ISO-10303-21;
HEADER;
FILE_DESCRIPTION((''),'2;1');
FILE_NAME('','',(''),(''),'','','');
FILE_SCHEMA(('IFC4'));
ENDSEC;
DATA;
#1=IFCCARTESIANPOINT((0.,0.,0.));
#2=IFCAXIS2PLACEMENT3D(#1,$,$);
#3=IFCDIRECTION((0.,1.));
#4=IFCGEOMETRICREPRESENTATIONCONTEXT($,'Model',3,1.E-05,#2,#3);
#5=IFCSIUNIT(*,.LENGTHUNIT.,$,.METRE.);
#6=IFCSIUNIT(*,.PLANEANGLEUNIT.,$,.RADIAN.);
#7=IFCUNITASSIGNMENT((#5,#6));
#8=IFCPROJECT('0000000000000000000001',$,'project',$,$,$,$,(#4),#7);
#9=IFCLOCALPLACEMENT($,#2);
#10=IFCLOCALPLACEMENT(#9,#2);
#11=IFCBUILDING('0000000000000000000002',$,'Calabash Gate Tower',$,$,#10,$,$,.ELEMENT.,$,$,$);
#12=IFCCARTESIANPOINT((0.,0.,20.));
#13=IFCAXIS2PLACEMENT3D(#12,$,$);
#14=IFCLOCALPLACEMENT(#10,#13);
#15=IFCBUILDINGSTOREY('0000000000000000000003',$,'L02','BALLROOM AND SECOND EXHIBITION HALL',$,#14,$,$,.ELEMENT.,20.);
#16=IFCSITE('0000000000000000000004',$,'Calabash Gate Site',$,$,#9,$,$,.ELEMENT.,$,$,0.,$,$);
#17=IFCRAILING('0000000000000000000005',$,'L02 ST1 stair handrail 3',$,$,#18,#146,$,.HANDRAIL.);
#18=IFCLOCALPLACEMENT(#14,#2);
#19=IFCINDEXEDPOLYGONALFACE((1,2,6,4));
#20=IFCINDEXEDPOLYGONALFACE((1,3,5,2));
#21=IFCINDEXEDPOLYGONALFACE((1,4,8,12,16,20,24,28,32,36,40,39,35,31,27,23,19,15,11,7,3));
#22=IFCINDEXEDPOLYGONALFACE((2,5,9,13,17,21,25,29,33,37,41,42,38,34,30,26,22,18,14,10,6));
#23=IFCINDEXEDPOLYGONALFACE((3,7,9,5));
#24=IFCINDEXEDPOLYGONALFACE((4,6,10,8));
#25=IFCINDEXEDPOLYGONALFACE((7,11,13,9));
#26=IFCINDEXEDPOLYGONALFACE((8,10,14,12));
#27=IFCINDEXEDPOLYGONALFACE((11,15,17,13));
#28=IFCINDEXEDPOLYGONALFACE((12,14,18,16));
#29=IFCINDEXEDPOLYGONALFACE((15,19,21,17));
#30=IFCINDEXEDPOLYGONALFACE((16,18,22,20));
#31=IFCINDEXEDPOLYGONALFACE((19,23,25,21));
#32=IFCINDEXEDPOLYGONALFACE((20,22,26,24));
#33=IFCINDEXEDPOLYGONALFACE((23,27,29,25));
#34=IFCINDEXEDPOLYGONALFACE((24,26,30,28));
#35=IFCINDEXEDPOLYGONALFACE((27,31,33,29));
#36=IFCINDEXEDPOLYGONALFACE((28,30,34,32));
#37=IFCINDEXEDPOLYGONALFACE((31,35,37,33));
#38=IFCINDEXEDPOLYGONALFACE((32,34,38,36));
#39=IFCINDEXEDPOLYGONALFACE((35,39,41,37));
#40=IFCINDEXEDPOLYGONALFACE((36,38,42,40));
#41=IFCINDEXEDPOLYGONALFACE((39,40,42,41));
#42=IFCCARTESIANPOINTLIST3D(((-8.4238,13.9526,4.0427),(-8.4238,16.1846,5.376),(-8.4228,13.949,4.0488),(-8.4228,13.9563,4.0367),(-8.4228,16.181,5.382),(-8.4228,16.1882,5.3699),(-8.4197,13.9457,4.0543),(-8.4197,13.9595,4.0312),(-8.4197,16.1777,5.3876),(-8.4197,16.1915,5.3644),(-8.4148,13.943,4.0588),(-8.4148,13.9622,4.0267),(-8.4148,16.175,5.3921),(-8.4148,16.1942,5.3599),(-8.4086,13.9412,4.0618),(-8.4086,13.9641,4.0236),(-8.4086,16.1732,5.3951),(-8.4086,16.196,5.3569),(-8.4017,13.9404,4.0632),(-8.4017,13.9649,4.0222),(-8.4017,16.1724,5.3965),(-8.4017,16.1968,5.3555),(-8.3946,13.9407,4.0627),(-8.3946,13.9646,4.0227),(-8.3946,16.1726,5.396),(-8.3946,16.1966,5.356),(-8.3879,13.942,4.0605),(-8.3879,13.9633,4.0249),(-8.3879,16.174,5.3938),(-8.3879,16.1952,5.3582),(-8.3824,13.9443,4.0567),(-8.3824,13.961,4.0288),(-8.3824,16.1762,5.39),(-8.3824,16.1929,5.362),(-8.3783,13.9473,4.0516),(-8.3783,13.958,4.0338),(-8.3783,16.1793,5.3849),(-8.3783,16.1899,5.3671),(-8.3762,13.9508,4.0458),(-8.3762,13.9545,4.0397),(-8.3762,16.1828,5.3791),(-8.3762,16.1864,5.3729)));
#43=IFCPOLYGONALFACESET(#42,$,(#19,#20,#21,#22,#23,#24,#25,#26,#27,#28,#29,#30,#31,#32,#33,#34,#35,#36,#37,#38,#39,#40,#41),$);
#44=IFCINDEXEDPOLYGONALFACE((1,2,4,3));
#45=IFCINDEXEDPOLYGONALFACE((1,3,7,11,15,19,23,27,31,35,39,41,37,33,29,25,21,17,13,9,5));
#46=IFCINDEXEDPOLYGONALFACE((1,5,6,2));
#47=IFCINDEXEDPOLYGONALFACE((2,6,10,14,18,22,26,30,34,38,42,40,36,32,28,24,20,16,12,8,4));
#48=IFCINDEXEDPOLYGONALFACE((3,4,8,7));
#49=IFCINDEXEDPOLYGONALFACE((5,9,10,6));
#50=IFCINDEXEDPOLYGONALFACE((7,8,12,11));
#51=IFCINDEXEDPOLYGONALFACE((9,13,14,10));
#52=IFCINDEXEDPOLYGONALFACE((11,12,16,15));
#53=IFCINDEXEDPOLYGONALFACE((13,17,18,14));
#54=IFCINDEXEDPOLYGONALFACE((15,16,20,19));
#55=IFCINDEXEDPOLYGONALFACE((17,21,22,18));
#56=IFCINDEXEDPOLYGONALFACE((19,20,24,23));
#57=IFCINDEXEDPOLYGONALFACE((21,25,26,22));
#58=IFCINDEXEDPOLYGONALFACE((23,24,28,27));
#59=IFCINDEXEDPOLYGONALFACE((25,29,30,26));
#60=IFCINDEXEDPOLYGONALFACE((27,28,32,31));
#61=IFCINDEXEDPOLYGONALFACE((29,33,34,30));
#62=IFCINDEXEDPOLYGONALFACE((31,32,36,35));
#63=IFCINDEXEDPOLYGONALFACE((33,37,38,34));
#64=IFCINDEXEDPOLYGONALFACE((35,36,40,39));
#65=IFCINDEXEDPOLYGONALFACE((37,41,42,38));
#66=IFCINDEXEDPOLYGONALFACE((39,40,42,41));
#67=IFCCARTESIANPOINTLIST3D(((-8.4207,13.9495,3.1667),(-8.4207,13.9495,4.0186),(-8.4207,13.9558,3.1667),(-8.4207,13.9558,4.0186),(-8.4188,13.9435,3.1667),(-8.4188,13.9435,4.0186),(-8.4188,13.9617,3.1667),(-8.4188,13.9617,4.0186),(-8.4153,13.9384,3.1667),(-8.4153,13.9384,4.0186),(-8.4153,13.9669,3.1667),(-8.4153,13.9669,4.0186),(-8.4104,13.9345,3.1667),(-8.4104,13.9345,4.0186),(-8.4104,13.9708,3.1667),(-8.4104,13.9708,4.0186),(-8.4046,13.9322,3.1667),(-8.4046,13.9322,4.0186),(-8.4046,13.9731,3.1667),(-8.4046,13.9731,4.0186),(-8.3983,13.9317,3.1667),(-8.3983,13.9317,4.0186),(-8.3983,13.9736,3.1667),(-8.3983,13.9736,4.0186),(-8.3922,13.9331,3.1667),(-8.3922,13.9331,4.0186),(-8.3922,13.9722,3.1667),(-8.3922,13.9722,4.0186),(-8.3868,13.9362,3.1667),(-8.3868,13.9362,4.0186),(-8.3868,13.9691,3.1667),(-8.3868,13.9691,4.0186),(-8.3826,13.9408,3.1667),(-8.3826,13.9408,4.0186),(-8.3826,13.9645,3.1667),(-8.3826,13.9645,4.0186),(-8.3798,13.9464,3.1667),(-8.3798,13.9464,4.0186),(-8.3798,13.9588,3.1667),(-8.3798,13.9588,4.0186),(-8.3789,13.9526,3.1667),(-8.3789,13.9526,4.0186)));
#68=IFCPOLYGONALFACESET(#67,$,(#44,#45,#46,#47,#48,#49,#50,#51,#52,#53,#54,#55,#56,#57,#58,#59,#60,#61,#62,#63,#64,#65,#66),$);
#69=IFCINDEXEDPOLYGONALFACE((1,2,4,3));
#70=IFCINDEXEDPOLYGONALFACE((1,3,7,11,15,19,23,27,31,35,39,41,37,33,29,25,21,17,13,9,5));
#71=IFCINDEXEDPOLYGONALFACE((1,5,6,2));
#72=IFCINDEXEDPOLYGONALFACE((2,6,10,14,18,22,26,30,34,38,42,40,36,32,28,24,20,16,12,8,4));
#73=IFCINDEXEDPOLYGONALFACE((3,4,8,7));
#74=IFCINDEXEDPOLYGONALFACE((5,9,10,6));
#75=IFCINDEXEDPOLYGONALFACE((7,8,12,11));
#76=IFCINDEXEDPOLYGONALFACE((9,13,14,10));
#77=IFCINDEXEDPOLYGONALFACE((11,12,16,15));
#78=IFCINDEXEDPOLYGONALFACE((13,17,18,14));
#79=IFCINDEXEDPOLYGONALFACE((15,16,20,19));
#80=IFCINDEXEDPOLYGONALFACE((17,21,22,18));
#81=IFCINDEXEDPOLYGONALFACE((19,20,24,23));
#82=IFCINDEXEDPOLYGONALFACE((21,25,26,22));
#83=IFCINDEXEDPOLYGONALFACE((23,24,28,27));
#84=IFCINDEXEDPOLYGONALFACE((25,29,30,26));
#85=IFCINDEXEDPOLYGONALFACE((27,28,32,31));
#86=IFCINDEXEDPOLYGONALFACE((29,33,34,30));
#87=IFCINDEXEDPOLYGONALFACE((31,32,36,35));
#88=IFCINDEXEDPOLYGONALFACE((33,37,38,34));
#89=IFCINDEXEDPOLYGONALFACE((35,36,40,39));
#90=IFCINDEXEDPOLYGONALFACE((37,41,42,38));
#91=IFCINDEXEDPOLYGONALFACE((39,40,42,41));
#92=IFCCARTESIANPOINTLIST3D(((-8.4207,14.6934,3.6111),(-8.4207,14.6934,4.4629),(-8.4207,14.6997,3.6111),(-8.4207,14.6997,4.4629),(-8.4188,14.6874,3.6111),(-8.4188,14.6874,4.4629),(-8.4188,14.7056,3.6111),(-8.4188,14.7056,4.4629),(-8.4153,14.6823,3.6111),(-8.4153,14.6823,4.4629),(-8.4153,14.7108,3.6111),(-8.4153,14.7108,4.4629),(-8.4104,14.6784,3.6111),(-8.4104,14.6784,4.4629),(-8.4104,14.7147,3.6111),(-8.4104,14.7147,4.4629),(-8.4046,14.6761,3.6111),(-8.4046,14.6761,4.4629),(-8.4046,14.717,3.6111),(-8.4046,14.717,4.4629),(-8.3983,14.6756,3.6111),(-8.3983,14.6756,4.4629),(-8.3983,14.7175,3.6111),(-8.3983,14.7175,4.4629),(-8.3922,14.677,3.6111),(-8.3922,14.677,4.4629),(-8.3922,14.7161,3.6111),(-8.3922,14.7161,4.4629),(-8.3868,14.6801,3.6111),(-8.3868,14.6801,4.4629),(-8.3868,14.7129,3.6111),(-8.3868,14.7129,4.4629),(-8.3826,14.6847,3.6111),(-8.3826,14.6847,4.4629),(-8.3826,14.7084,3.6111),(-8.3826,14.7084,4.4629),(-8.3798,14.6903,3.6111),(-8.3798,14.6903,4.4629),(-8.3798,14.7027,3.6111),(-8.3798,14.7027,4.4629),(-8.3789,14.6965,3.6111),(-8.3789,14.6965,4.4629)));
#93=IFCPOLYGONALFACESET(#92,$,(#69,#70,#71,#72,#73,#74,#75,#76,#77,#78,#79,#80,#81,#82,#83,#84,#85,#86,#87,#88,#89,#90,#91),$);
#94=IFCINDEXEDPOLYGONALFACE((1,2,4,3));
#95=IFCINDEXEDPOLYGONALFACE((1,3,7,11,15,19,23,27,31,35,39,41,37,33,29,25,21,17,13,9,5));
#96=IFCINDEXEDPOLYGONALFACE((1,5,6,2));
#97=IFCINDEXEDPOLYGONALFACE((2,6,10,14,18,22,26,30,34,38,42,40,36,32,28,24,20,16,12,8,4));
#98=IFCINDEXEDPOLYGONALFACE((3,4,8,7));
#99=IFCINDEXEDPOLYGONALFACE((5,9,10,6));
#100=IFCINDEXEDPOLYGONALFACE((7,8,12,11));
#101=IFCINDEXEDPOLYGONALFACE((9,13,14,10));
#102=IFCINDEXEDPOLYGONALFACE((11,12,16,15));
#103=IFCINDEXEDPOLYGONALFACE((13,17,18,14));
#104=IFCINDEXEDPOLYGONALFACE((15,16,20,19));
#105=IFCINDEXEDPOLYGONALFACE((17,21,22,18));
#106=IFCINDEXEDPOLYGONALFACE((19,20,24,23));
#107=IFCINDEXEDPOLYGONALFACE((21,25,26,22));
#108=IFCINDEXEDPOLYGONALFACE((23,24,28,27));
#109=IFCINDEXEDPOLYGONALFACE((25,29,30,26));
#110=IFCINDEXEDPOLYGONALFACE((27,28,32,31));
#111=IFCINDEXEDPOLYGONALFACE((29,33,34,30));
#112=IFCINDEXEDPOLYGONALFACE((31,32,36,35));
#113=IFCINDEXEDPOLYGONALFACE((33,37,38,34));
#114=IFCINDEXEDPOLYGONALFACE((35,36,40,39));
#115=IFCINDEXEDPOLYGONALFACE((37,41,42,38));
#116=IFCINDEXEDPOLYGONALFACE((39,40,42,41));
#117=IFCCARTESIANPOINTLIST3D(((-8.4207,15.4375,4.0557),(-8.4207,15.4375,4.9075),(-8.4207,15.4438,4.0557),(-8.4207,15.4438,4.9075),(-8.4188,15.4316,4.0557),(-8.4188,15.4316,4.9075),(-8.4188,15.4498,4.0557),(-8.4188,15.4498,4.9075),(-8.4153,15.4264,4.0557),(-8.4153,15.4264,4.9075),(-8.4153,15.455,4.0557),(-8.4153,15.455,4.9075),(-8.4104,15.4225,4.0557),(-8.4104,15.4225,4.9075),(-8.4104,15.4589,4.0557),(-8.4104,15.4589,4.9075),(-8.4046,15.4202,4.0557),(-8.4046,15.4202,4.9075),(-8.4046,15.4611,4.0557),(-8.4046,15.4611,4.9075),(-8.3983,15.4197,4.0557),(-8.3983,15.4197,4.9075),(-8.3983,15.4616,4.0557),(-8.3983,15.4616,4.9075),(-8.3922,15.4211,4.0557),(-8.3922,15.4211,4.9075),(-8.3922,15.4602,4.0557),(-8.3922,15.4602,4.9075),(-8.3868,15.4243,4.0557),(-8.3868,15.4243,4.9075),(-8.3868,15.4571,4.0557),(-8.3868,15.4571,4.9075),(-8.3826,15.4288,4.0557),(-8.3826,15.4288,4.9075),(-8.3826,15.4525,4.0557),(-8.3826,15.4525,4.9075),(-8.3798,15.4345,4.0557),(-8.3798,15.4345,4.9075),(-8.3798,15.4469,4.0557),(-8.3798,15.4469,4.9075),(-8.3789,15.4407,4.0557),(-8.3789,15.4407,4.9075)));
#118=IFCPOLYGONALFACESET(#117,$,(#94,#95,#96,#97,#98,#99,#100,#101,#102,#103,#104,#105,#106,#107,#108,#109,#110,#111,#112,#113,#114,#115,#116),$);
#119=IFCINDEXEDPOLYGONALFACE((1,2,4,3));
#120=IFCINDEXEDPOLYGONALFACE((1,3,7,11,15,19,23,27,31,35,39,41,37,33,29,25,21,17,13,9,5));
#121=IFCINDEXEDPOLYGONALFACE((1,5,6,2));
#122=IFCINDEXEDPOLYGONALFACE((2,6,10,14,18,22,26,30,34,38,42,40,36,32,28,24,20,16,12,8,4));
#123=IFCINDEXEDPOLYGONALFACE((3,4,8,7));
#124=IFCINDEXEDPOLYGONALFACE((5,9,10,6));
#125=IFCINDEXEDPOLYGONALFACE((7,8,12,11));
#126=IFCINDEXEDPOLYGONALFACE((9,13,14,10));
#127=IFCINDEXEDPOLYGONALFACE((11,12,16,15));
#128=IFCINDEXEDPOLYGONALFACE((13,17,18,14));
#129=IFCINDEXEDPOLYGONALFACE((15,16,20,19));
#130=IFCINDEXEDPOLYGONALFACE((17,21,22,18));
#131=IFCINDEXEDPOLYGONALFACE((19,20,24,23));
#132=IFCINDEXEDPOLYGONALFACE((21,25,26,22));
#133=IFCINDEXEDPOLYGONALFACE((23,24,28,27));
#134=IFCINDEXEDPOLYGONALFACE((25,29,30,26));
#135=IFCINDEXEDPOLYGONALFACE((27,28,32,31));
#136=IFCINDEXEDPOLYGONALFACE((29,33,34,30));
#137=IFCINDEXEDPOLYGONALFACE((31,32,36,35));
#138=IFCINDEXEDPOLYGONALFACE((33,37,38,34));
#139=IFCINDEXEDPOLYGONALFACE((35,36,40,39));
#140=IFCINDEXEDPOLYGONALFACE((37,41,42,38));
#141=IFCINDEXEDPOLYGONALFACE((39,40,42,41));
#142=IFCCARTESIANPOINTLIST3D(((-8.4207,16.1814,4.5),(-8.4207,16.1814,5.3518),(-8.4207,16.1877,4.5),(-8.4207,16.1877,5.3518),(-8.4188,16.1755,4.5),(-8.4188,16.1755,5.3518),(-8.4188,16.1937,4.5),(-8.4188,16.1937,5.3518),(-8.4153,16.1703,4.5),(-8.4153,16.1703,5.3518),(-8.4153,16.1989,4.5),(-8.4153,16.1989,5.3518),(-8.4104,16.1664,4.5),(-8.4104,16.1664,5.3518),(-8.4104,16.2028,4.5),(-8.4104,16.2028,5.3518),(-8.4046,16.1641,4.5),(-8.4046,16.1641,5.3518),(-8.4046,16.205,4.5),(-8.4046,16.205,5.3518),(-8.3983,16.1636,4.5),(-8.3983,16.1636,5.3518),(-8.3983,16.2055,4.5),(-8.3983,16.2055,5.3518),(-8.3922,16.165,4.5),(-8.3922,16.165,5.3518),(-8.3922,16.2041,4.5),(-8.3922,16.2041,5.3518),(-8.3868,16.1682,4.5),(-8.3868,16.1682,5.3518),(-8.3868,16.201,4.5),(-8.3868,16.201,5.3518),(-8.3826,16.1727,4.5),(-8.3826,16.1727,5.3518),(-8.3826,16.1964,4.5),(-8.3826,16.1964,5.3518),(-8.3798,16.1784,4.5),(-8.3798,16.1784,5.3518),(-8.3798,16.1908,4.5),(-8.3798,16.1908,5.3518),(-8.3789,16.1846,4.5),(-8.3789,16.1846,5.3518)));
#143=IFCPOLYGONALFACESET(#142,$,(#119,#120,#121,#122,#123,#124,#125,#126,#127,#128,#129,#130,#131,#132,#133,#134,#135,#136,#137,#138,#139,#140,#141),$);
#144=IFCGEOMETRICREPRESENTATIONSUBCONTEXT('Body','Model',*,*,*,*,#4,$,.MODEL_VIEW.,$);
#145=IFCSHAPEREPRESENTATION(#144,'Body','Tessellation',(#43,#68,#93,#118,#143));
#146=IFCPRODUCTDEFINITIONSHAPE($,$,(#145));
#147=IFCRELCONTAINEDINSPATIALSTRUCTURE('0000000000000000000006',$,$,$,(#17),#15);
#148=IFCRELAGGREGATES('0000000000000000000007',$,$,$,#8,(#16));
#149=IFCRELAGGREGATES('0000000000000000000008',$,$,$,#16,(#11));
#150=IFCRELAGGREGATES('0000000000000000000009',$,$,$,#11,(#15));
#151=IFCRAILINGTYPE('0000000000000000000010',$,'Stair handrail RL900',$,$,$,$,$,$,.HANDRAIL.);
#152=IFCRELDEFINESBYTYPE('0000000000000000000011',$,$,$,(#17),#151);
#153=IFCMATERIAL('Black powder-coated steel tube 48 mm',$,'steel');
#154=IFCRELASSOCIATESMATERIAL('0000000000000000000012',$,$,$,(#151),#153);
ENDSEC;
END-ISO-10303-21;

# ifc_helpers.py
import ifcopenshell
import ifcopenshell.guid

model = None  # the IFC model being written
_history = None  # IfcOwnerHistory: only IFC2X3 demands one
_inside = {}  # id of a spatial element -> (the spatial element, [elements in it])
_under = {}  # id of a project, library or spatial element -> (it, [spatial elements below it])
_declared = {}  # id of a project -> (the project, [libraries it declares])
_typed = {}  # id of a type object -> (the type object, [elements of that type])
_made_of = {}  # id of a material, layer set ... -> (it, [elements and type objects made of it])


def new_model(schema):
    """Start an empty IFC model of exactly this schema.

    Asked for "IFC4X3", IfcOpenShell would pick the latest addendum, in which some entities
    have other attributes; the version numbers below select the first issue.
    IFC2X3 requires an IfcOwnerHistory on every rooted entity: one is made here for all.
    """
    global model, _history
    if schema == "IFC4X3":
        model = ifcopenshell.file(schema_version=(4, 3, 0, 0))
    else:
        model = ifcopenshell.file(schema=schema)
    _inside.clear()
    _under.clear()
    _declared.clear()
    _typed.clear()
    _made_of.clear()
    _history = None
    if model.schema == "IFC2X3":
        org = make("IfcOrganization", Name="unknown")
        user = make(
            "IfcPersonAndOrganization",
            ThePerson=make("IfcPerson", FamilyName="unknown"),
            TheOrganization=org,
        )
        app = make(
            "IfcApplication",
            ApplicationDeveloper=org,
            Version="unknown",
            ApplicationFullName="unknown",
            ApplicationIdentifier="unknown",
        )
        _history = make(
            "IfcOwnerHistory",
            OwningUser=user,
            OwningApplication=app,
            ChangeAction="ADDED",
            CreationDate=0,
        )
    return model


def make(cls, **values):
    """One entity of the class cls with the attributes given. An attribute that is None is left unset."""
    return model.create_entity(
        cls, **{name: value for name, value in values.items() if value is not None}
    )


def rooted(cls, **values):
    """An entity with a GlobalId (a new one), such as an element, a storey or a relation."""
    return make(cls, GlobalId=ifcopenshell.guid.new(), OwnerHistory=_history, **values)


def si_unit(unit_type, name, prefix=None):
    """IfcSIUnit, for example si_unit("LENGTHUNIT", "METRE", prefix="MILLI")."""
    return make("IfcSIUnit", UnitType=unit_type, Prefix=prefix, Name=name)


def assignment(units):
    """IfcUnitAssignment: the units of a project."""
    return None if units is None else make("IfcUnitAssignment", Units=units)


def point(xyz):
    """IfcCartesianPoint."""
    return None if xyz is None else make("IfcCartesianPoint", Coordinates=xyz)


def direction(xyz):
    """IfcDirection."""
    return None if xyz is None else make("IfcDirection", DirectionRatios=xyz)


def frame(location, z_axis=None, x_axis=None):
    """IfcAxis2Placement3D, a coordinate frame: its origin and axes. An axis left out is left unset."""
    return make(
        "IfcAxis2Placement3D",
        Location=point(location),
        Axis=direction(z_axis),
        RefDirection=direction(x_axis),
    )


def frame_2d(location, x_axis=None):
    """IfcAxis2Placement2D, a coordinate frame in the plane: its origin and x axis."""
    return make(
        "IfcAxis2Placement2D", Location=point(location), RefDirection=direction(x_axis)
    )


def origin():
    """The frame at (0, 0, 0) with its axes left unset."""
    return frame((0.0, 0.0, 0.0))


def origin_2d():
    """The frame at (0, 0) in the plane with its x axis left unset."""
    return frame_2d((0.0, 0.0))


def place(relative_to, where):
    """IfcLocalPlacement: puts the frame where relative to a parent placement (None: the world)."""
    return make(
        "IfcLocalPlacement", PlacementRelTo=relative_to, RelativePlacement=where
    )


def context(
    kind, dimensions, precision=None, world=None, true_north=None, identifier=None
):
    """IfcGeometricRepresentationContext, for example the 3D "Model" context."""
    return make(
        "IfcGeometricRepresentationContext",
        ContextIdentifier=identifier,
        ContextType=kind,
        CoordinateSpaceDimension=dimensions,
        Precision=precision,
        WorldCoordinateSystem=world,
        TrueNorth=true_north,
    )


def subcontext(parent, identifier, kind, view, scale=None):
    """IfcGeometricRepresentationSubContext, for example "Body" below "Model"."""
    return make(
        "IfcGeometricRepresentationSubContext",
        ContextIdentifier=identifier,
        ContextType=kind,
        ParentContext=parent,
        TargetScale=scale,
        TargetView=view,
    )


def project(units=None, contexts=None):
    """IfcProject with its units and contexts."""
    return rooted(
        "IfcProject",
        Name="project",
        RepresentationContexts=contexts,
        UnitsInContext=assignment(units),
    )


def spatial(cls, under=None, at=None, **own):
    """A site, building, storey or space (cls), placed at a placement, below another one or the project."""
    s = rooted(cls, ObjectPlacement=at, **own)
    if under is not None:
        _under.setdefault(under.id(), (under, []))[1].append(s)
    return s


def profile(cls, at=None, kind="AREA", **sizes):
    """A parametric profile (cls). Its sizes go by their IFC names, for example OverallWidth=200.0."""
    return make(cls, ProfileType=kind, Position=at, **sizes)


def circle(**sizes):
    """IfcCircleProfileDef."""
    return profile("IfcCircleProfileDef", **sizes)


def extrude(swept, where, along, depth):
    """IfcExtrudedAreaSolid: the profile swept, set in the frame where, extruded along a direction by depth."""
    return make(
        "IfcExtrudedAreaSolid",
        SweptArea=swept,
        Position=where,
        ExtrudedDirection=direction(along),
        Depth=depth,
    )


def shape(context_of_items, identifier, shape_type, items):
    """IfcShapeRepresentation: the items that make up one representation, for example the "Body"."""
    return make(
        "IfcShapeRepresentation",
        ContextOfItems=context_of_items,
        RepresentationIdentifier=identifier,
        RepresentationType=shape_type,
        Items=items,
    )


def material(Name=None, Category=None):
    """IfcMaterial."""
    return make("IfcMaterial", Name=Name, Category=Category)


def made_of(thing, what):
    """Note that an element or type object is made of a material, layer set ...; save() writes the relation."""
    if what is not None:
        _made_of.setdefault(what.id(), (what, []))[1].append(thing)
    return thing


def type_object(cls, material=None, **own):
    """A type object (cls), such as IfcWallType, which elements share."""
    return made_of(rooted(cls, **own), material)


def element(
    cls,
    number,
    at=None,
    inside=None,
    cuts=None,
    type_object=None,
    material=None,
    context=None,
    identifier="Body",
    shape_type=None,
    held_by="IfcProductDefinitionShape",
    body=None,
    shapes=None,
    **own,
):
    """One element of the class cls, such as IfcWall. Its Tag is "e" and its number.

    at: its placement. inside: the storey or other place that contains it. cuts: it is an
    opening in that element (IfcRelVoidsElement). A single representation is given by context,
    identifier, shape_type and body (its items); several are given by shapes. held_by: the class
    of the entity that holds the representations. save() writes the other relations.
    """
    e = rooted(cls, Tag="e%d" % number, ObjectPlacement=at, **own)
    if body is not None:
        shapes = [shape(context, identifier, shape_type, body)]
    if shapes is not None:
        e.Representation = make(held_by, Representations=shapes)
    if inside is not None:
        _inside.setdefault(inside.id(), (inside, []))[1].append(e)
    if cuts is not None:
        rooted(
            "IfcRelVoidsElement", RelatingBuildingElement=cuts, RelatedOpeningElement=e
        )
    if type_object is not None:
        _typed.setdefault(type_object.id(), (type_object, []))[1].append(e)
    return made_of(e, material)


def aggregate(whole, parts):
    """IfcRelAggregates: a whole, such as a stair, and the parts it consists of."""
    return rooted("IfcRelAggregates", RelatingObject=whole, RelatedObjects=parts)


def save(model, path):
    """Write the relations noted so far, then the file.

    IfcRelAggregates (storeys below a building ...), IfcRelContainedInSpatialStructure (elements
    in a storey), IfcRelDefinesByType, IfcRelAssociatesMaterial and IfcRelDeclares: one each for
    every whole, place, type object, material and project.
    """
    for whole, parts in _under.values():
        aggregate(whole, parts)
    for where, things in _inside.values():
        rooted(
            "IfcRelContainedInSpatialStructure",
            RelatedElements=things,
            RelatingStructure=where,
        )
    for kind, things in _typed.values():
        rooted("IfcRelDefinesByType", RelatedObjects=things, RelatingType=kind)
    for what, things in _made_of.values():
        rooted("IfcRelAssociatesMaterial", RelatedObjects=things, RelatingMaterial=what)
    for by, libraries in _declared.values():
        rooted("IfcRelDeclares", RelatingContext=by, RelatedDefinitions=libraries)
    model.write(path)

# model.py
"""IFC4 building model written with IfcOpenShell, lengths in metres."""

from ifc_helpers import new_model, si_unit, direction, frame, origin, origin_2d, place, context, subcontext, project, spatial, circle, extrude, material, type_object, element, save


model = new_model("IFC4")

# Units and contexts
model_context = context("Model", 3, precision=1e-05, world=origin(), true_north=direction((0.0, 1.0)))
body_context = subcontext(model_context, "Body", "Model", "MODEL_VIEW")
ifc_project = project(units=[si_unit("LENGTHUNIT", "METRE"), si_unit("PLANEANGLEUNIT", "RADIAN")], contexts=[model_context])

# Site, building, storey
site_placement = place(None, origin())
site = spatial("IfcSite", under=ifc_project, at=site_placement, Name="Calabash Gate Site", CompositionType="ELEMENT", RefElevation=0.0)
building_placement = place(site_placement, origin())
building = spatial("IfcBuilding", under=site, at=building_placement, Name="Calabash Gate Tower", CompositionType="ELEMENT")
storey_placement = place(building_placement, frame((0.0, 0.0, 20.0)))
storey = spatial("IfcBuildingStorey", under=building, at=storey_placement, Name="L02", Description="BALLROOM AND SECOND EXHIBITION HALL", CompositionType="ELEMENT", Elevation=20.0)

# Railing
ifc_material_1 = material(Name="Black powder-coated steel tube 48 mm", Category="steel")
railing_type_1 = type_object("IfcRailingType", Name="Stair handrail RL900", PredefinedType="HANDRAIL", material=ifc_material_1)
railing_1_placement = place(storey_placement, frame((-8.3999, 13.9526, 3.1667)))
element("IfcRailing", 1, at=railing_1_placement, inside=storey, type_object=railing_type_1, Name="L02 ST1 stair handrail 3", PredefinedType="HANDRAIL", context=body_context, shape_type="SweptSolid", body=[
    extrude(circle(Radius=0.0239, at=origin_2d()), frame((0.0, 0.0, 0.876), z_axis=(0.0, 0.858494, 0.512824), x_axis=(-1.0, 0.0, 0.0)), (0.0, 0.0, 1.0), 2.5999),
    extrude(circle(Radius=0.021, at=origin_2d()), origin(), (0.0, 0.0, 1.0), 0.8518),
    extrude(circle(Radius=0.021, at=origin_2d()), frame((0.0, 0.7439, 0.4443)), (0.0, 0.0, 1.0), 0.8518),
    extrude(circle(Radius=0.021, at=origin_2d()), frame((0.0, 1.488, 0.8889)), (0.0, 0.0, 1.0), 0.8518),
    extrude(circle(Radius=0.021, at=origin_2d()), frame((0.0, 2.2319, 1.3333)), (0.0, 0.0, 1.0), 0.8518),
])

save(model, "model.ifc")
